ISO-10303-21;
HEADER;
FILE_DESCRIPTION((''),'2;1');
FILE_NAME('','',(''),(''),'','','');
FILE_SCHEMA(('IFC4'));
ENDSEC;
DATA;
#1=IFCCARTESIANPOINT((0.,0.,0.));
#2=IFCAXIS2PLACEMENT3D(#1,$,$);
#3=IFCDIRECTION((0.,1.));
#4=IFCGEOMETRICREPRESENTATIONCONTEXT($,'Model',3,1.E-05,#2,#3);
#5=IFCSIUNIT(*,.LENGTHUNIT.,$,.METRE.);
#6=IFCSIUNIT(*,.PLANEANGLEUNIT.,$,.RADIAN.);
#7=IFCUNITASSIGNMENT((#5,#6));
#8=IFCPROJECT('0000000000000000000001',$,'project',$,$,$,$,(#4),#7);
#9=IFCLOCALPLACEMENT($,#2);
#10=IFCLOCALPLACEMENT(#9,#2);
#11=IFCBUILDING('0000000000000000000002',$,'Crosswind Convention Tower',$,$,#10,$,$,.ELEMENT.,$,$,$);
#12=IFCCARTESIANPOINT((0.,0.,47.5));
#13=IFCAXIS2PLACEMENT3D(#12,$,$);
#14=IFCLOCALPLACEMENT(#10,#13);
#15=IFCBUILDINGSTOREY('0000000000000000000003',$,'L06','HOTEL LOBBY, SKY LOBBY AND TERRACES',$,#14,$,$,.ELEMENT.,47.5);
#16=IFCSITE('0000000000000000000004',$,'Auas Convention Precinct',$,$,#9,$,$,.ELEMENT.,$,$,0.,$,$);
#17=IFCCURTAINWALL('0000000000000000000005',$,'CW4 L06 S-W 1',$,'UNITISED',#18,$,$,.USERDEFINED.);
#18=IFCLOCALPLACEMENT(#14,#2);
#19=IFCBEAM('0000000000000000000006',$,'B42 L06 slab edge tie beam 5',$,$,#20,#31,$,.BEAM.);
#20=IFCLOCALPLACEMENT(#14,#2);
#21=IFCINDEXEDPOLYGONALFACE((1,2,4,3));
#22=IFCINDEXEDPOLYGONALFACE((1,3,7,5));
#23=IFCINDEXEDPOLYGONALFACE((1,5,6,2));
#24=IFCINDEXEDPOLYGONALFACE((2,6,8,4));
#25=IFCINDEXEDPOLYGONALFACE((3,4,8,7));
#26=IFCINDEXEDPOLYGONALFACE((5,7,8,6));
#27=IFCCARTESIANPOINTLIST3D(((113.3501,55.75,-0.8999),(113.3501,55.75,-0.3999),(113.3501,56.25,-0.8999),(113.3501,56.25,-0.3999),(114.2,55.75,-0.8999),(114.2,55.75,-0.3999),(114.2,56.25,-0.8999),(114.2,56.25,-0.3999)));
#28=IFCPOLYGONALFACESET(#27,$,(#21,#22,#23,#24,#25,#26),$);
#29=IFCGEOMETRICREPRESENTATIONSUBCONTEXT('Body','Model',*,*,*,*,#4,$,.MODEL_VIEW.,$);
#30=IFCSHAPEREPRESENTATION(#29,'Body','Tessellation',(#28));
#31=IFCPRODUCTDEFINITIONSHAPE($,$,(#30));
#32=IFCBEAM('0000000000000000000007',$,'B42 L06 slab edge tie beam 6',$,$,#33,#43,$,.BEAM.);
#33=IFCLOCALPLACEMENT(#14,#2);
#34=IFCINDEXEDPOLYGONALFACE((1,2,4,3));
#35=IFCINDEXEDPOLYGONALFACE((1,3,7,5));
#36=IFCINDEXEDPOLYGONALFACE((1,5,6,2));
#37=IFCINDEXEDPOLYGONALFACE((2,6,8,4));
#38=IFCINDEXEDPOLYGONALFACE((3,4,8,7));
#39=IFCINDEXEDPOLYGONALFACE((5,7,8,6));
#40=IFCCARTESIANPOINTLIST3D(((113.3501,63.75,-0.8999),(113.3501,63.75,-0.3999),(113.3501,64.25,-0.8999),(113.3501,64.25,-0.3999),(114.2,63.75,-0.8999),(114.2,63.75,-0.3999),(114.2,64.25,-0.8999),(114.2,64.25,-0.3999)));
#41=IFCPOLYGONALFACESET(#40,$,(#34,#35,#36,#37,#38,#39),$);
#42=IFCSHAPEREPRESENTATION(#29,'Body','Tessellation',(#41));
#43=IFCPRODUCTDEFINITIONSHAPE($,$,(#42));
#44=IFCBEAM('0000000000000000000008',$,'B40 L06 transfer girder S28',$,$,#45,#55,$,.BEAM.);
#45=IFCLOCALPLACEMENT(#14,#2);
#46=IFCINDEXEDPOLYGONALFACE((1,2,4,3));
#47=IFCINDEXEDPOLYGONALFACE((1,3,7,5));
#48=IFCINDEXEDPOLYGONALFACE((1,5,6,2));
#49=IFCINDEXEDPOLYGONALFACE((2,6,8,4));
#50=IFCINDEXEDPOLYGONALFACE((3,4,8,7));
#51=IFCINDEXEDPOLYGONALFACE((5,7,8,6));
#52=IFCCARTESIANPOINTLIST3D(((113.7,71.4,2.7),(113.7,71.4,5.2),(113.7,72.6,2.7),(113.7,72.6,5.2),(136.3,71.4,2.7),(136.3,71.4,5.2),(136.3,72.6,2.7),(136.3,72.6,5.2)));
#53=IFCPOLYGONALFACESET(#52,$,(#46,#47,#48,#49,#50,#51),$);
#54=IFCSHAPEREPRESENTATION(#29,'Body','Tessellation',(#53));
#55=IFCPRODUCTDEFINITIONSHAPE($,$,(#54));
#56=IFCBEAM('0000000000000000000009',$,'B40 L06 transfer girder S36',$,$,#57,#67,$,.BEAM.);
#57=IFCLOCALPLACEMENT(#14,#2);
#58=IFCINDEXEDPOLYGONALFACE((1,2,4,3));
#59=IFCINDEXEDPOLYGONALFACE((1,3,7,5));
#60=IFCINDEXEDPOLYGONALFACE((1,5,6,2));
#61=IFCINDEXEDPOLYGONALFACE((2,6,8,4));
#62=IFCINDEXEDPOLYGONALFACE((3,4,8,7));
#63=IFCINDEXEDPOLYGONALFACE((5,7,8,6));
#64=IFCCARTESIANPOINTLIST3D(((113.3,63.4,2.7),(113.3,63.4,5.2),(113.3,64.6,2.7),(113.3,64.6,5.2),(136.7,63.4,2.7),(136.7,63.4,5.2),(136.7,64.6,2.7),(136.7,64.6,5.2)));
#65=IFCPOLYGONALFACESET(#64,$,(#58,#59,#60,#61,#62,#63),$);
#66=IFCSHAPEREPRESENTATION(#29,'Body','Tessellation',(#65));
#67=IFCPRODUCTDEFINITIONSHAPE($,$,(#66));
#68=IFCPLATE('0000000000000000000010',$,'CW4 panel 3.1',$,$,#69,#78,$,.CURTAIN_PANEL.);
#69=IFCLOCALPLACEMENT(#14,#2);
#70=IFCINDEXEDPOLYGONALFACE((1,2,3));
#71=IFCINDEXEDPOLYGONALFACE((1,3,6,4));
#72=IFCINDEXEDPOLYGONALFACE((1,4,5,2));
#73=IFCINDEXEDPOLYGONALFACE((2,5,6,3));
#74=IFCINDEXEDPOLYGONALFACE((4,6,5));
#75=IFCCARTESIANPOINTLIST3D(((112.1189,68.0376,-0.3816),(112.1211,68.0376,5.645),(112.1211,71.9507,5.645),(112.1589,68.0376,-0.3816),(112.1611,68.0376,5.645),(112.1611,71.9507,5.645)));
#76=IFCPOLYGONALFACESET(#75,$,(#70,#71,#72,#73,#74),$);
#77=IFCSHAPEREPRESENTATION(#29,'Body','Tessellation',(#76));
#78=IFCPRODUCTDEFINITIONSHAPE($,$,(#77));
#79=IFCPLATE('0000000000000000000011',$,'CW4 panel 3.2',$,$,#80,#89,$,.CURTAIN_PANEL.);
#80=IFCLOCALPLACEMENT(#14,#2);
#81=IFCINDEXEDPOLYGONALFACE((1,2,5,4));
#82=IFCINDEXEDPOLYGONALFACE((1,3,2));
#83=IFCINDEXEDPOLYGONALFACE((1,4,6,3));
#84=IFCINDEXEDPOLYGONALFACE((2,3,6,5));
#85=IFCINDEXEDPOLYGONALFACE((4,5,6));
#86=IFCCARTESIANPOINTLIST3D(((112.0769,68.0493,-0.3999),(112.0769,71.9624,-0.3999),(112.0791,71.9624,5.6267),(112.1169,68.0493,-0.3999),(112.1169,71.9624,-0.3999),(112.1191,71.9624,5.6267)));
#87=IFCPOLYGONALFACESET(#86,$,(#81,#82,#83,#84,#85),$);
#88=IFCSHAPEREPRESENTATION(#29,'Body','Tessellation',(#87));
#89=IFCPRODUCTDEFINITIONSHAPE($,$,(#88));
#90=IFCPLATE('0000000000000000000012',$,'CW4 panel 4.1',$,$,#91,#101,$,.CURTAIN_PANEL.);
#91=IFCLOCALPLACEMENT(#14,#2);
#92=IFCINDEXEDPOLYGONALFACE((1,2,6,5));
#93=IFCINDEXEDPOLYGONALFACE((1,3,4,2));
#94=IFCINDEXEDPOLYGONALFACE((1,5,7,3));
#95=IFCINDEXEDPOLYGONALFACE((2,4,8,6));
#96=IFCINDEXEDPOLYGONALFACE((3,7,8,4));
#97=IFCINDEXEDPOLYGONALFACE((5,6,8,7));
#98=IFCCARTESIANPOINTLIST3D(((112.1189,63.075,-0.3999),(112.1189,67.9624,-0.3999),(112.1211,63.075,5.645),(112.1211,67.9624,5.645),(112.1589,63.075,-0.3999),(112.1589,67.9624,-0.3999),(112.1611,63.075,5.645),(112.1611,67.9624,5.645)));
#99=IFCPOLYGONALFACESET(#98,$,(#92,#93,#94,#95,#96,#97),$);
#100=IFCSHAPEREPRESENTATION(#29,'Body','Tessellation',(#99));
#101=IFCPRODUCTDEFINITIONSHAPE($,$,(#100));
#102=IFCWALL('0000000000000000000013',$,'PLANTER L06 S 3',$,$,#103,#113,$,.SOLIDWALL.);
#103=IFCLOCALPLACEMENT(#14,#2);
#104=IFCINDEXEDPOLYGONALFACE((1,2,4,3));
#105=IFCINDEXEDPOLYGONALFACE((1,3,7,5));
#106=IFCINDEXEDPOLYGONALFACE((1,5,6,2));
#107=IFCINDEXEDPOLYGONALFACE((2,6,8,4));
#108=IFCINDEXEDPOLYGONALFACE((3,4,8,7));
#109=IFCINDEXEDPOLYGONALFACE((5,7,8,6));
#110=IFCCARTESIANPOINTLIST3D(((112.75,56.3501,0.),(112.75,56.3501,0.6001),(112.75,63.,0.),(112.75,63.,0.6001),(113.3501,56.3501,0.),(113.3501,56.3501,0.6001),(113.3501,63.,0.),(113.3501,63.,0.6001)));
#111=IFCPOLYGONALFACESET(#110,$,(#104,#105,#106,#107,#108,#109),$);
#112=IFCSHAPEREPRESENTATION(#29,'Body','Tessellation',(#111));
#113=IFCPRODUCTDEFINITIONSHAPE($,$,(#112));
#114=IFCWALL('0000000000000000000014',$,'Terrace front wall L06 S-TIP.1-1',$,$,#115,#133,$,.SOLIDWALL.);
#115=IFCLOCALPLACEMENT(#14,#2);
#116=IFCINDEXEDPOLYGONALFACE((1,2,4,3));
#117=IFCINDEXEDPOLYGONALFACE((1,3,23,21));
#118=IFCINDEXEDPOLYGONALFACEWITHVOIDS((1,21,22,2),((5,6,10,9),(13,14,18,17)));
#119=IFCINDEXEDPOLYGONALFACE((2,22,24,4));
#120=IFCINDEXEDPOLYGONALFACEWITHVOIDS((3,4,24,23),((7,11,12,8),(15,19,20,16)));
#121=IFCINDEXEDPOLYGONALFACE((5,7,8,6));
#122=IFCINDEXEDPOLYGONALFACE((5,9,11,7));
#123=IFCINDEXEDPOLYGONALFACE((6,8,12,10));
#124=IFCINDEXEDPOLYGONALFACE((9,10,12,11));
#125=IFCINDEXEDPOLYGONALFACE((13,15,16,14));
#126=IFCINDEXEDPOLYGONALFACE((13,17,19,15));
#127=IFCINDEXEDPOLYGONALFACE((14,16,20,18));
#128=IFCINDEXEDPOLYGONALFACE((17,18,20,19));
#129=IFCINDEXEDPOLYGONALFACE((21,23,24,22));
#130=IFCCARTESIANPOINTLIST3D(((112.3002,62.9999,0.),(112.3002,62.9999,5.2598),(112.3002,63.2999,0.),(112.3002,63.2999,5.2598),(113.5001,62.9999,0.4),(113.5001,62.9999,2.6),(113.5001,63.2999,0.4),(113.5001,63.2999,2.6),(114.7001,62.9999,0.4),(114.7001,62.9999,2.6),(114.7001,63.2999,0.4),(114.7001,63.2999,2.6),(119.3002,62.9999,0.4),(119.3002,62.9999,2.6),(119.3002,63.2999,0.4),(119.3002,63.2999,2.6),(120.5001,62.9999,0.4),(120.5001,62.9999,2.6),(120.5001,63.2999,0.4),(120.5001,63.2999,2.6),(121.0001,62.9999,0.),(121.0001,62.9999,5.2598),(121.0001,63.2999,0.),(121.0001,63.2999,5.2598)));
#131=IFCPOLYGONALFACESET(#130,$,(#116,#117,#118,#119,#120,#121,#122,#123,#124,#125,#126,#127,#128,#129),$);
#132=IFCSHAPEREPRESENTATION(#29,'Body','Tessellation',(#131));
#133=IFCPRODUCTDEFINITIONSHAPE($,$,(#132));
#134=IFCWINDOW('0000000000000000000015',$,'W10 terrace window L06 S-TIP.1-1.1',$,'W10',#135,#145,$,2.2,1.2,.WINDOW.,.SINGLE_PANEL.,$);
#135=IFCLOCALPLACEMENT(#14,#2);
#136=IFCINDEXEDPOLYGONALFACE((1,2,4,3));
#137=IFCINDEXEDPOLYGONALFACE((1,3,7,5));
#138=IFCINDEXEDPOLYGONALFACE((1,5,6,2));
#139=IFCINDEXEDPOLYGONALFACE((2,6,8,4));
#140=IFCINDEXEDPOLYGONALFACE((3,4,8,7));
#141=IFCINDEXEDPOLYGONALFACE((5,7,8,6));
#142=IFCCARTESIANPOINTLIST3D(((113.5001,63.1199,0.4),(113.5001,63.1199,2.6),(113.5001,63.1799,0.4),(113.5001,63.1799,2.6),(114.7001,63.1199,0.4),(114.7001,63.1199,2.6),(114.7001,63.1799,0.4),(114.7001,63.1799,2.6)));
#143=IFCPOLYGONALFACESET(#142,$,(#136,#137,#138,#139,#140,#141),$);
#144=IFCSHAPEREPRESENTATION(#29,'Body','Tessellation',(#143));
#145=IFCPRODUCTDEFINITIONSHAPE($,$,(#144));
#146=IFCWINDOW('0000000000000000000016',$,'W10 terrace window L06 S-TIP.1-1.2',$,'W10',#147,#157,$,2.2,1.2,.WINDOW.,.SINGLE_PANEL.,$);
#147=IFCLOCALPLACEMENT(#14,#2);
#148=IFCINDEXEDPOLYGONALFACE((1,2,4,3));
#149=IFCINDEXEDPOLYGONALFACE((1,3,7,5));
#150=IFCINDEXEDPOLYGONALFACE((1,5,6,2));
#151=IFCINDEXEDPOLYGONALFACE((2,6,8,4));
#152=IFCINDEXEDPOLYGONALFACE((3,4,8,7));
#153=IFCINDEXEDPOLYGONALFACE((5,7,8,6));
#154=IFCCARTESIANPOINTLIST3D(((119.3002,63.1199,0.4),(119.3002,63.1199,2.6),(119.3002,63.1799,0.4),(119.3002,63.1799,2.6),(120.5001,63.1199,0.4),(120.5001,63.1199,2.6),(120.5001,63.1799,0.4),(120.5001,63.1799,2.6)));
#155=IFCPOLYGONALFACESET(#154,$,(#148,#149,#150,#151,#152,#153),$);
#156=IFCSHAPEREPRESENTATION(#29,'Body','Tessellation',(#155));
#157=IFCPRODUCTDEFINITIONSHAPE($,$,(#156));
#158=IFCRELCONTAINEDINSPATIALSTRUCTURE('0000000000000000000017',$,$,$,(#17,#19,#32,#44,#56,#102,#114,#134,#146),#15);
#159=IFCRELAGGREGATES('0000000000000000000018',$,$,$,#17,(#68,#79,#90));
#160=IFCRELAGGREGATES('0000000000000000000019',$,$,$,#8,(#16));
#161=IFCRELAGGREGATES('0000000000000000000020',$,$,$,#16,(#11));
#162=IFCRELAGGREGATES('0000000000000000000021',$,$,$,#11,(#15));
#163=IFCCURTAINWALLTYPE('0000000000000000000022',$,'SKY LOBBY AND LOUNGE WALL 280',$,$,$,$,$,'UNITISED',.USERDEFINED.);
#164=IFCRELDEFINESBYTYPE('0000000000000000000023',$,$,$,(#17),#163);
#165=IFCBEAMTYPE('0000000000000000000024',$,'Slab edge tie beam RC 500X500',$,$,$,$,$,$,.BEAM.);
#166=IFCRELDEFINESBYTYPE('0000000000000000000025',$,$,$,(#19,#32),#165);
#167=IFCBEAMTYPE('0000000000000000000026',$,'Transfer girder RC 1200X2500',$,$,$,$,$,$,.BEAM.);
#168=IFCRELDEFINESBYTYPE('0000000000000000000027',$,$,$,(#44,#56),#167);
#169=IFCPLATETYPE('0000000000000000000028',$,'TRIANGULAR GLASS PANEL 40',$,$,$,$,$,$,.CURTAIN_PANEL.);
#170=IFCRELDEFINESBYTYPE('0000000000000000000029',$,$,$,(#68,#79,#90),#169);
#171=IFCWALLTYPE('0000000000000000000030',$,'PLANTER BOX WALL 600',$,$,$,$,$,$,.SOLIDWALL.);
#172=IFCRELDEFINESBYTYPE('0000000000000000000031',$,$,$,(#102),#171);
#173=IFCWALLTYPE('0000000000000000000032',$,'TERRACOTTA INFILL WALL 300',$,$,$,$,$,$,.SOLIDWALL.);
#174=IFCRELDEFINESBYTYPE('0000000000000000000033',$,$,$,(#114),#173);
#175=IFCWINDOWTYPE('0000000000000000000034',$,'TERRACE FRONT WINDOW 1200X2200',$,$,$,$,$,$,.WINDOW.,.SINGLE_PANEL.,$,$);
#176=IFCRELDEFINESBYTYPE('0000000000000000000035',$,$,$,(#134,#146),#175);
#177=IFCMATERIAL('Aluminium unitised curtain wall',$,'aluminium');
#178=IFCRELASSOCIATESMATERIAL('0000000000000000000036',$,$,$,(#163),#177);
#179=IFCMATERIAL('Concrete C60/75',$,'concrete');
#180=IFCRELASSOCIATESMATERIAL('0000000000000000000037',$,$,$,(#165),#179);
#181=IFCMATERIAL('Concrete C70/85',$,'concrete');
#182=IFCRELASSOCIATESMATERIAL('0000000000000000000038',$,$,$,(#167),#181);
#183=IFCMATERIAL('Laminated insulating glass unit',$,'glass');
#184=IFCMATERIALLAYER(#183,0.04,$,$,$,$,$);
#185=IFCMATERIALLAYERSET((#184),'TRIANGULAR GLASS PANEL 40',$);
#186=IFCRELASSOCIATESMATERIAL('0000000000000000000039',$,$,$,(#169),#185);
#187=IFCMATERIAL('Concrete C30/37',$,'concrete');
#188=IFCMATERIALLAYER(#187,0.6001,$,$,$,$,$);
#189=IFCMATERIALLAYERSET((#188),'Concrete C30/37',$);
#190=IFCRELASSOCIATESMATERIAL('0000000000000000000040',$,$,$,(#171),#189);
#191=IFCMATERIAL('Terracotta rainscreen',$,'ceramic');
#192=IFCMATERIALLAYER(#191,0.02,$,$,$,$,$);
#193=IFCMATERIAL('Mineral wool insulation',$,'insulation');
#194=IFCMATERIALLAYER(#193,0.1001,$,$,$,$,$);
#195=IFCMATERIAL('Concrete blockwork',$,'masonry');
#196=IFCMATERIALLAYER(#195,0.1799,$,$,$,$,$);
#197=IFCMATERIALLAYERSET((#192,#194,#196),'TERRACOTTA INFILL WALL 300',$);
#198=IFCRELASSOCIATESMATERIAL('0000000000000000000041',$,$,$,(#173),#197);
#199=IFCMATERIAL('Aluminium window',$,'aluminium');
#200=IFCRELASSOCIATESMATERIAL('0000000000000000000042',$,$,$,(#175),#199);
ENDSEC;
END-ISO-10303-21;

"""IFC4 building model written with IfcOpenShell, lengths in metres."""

from ifc_helpers import new_model, si_unit, direction, frame, frame_2d, origin, origin_2d, place, context, subcontext, project, spatial, polyline, rectangle, outline, extrude, material, layer, layer_set, material_profile, profile_set, type_object, element, fill, aggregate, save


model = new_model("IFC4")

# Units and contexts
model_context = context("Model", 3, precision=1e-05, world=origin(), true_north=direction((0.0, 1.0)))
body_context = subcontext(model_context, "Body", "Model", "MODEL_VIEW")
ifc_project = project(units=[si_unit("LENGTHUNIT", "METRE"), si_unit("PLANEANGLEUNIT", "RADIAN")], contexts=[model_context])

# Site, building, storey
site_placement = place(None, origin())
site = spatial("IfcSite", under=ifc_project, at=site_placement, Name="Auas Convention Precinct", CompositionType="ELEMENT", RefElevation=0.0)
building_placement = place(site_placement, origin())
building = spatial("IfcBuilding", under=site, at=building_placement, Name="Crosswind Convention Tower", CompositionType="ELEMENT")
storey_placement = place(building_placement, frame((0.0, 0.0, 47.5)))
storey = spatial("IfcBuildingStorey", under=building, at=storey_placement, Name="L06", Description="HOTEL LOBBY, SKY LOBBY AND TERRACES", CompositionType="ELEMENT", Elevation=47.5)

# Shared definitions
ifc_material_1 = material(Name="Concrete C60/75", Category="concrete")
ifc_material_2 = material(Name="Concrete C70/85", Category="concrete")

# Curtain wall
ifc_material_3 = material(Name="Aluminium unitised curtain wall", Category="aluminium")
curtain_wall_type = type_object("IfcCurtainWallType", Name="SKY LOBBY AND LOUNGE WALL 280", ElementType="UNITISED", PredefinedType="USERDEFINED", material=ifc_material_3)
curtain_wall_placement = place(storey_placement, origin())
curtain_wall = element("IfcCurtainWall", 1, at=curtain_wall_placement, inside=storey, type_object=curtain_wall_type, Name="CW4 L06 S-W 1", ObjectType="UNITISED", PredefinedType="USERDEFINED")

# Beams
ifc_material_profile_1 = material_profile(ifc_material_1, rectangle(XDim=0.5, YDim=0.5, at=origin_2d()), Name="RC 500X500")
ifc_profile_set_1 = profile_set([ifc_material_profile_1], Name="Concrete C60/75")
beam_type_1 = type_object("IfcBeamType", Name="Slab edge tie beam RC 500X500", PredefinedType="BEAM", material=ifc_profile_set_1)
for number, where, z_axis, x_axis, name in (
    (2, (113.3501, 56.0, -0.6499), (1.0, 0.0, 0.0), (0.0, 1.0, 0.0), "B42 L06 slab edge tie beam 5"),
    (3, (113.3501, 64.0, -0.6499), (1.0, 0.0, 0.0), (0.0, 1.0, 0.0), "B42 L06 slab edge tie beam 6"),
):
    element("IfcBeam", number, at=place(storey_placement, frame(where, z_axis=z_axis, x_axis=x_axis)), inside=storey, type_object=beam_type_1, Name=name, PredefinedType="BEAM", context=body_context, shape_type="SweptSolid", body=[
        extrude(rectangle(XDim=0.5, YDim=0.5, at=origin_2d()), origin(), (0.0, 0.0, 1.0), 0.8499),
    ])
ifc_material_profile_2 = material_profile(ifc_material_2, rectangle(XDim=1.2, YDim=2.5, at=origin_2d()), Name="RC 1200X2500")
ifc_profile_set_2 = profile_set([ifc_material_profile_2], Name="Concrete C70/85")
beam_type_2 = type_object("IfcBeamType", Name="Transfer girder RC 1200X2500", PredefinedType="BEAM", material=ifc_profile_set_2)
beam_1_placement = place(storey_placement, frame((113.7, 72.0, 3.95), z_axis=(1.0, 0.0, 0.0), x_axis=(0.0, 1.0, 0.0)))
element("IfcBeam", 4, at=beam_1_placement, inside=storey, type_object=beam_type_2, Name="B40 L06 transfer girder S28", PredefinedType="BEAM", context=body_context, shape_type="SweptSolid", body=[
    extrude(rectangle(XDim=1.2, YDim=2.5, at=origin_2d()), origin(), (0.0, 0.0, 1.0), 22.6001),
])
beam_2_placement = place(storey_placement, frame((113.3, 64.0, 3.95), z_axis=(1.0, 0.0, 0.0), x_axis=(0.0, 1.0, 0.0)))
element("IfcBeam", 5, at=beam_2_placement, inside=storey, type_object=beam_type_2, Name="B40 L06 transfer girder S36", PredefinedType="BEAM", context=body_context, shape_type="SweptSolid", body=[
    extrude(rectangle(XDim=1.2, YDim=2.5, at=origin_2d()), origin(), (0.0, 0.0, 1.0), 23.3999),
])

# Plates
ifc_material_4 = material(Name="Laminated insulating glass unit", Category="glass")
ifc_layer_1 = layer(ifc_material_4, 0.04)
ifc_layer_set_1 = layer_set([ifc_layer_1], Name="TRIANGULAR GLASS PANEL 40")
plate_type = type_object("IfcPlateType", Name="TRIANGULAR GLASS PANEL 40", PredefinedType="CURTAIN_PANEL", material=ifc_layer_set_1)
plate_1_placement = place(storey_placement, frame((112.1211, 68.0376, 5.645), z_axis=(-1.0, 0.0, 0.000365), x_axis=(0.0, 1.0, 0.0)))
plate_1 = element("IfcPlate", 6, at=plate_1_placement, type_object=plate_type, Name="CW4 panel 3.1", PredefinedType="CURTAIN_PANEL", context=body_context, shape_type="SweptSolid", body=[
    extrude(outline(polyline([(0.0, 0.0), (3.9131, 0.0), (0.0, 6.0266), (0.0, 0.0)])), origin(), (0.0, 0.0, -1.0), 0.04),
])
plate_2_placement = place(storey_placement, frame((112.0769, 71.9624, -0.3999), z_axis=(-1.0, 0.0, 0.000365), x_axis=(0.0, -1.0, 0.0)))
plate_2 = element("IfcPlate", 7, at=plate_2_placement, type_object=plate_type, Name="CW4 panel 3.2", PredefinedType="CURTAIN_PANEL", context=body_context, shape_type="SweptSolid", body=[
    extrude(outline(polyline([(0.0, 0.0), (3.9131, 0.0), (0.0, 6.0266), (0.0, 0.0)])), origin(), (0.0, 0.0, -1.0), 0.04),
])
plate_3_placement = place(storey_placement, frame((112.1189, 67.9624, -0.3999), z_axis=(-1.0, 0.0, 0.000363), x_axis=(0.0, -1.0, 0.0)))
plate_3 = element("IfcPlate", 8, at=plate_3_placement, type_object=plate_type, Name="CW4 panel 4.1", PredefinedType="CURTAIN_PANEL", context=body_context, shape_type="SweptSolid", body=[
    extrude(outline(polyline([(0.0, 0.0), (4.8875, 0.0), (4.8875, 6.0449), (0.0, 6.0449), (0.0, 0.0)])), origin(), (0.0, 0.0, -1.0), 0.04),
])
aggregate(curtain_wall, [plate_1, plate_2, plate_3])

# Wall
ifc_material_5 = material(Name="Concrete C30/37", Category="concrete")
ifc_layer_2 = layer(ifc_material_5, 0.6001)
ifc_layer_set_2 = layer_set([ifc_layer_2], Name="Concrete C30/37")
wall_type_1 = type_object("IfcWallType", Name="PLANTER BOX WALL 600", PredefinedType="SOLIDWALL", material=ifc_layer_set_2)
wall_1_placement = place(storey_placement, frame((113.05, 56.3501, 0.0), z_axis=(0.0, 0.0, 1.0), x_axis=(0.0, 1.0, 0.0)))
element("IfcWall", 9, at=wall_1_placement, inside=storey, type_object=wall_type_1, Name="PLANTER L06 S 3", PredefinedType="SOLIDWALL", context=body_context, shape_type="SweptSolid", body=[
    extrude(rectangle(XDim=6.6499, YDim=0.6001, at=frame_2d((3.325, 0.0))), origin(), (0.0, 0.0, 1.0), 0.6001),
])

# Wall, openings, windows
ifc_material_6 = material(Name="Terracotta rainscreen", Category="ceramic")
ifc_layer_3 = layer(ifc_material_6, 0.02)
ifc_material_7 = material(Name="Mineral wool insulation", Category="insulation")
ifc_layer_4 = layer(ifc_material_7, 0.1001)
ifc_material_8 = material(Name="Concrete blockwork", Category="masonry")
ifc_layer_5 = layer(ifc_material_8, 0.1799)
ifc_layer_set_3 = layer_set([ifc_layer_3, ifc_layer_4, ifc_layer_5], Name="TERRACOTTA INFILL WALL 300")
wall_type_2 = type_object("IfcWallType", Name="TERRACOTTA INFILL WALL 300", PredefinedType="SOLIDWALL", material=ifc_layer_set_3)
wall_2_placement = place(storey_placement, frame((112.3, 63.1499, 0.0), z_axis=(0.0, 0.0, 1.0), x_axis=(1.0, 0.0, 0.0)))
wall_2 = element("IfcWall", 10, at=wall_2_placement, inside=storey, type_object=wall_type_2, Name="Terrace front wall L06 S-TIP.1-1", PredefinedType="SOLIDWALL", context=body_context, shape_type="SweptSolid", body=[
    extrude(rectangle(XDim=8.7, YDim=0.3, at=frame_2d((4.3501, 0.0))), origin(), (0.0, 0.0, 1.0), 5.2598),
])
opening_1_placement = place(wall_2_placement, frame((1.2, 0.0, 0.3999)))
opening_1 = element("IfcOpeningElement", 11, at=opening_1_placement, cuts=wall_2, PredefinedType="OPENING", context=body_context, shape_type="SweptSolid", body=[
    extrude(rectangle(XDim=1.2, YDim=2.2, at=frame_2d((0.6001, 1.1001))), frame((0.0, 0.1599, 0.0), z_axis=(0.0, -1.0, 0.0), x_axis=(1.0, 0.0, 0.0)), (0.0, 0.0, 1.0), 0.3201),
])
opening_2_placement = place(wall_2_placement, frame((7.0, 0.0, 0.3999)))
opening_2 = element("IfcOpeningElement", 12, at=opening_2_placement, cuts=wall_2, PredefinedType="OPENING", context=body_context, shape_type="SweptSolid", body=[
    extrude(rectangle(XDim=1.2, YDim=2.2, at=frame_2d((0.6001, 1.1001))), frame((0.0, 0.1599, 0.0), z_axis=(0.0, -1.0, 0.0), x_axis=(1.0, 0.0, 0.0)), (0.0, 0.0, 1.0), 0.3201),
])
ifc_material_9 = material(Name="Aluminium window", Category="aluminium")
window_type = type_object("IfcWindowType", Name="TERRACE FRONT WINDOW 1200X2200", PartitioningType="SINGLE_PANEL", PredefinedType="WINDOW", material=ifc_material_9)
window_1_placement = place(opening_1_placement, origin())
window_1 = element("IfcWindow", 13, at=window_1_placement, inside=storey, type_object=window_type, Name="W10 terrace window L06 S-TIP.1-1.1", ObjectType="W10", OverallHeight=2.2, OverallWidth=1.2, PartitioningType="SINGLE_PANEL", PredefinedType="WINDOW", context=body_context, shape_type="SweptSolid", body=[
    extrude(rectangle(XDim=1.2, YDim=2.2, at=frame_2d((0.6001, 1.1001))), frame((0.0, 0.03, 0.0), z_axis=(0.0, -1.0, 0.0), x_axis=(1.0, 0.0, 0.0)), (0.0, 0.0, 1.0), 0.0601),
])
fill(opening_1, window_1)
window_2_placement = place(opening_2_placement, origin())
window_2 = element("IfcWindow", 14, at=window_2_placement, inside=storey, type_object=window_type, Name="W10 terrace window L06 S-TIP.1-1.2", ObjectType="W10", OverallHeight=2.2, OverallWidth=1.2, PartitioningType="SINGLE_PANEL", PredefinedType="WINDOW", context=body_context, shape_type="SweptSolid", body=[
    extrude(rectangle(XDim=1.2, YDim=2.2, at=frame_2d((0.6001, 1.1001))), frame((0.0, 0.03, 0.0), z_axis=(0.0, -1.0, 0.0), x_axis=(1.0, 0.0, 0.0)), (0.0, 0.0, 1.0), 0.0601),
])
fill(opening_2, window_2)

save(model, "model.ifc")
